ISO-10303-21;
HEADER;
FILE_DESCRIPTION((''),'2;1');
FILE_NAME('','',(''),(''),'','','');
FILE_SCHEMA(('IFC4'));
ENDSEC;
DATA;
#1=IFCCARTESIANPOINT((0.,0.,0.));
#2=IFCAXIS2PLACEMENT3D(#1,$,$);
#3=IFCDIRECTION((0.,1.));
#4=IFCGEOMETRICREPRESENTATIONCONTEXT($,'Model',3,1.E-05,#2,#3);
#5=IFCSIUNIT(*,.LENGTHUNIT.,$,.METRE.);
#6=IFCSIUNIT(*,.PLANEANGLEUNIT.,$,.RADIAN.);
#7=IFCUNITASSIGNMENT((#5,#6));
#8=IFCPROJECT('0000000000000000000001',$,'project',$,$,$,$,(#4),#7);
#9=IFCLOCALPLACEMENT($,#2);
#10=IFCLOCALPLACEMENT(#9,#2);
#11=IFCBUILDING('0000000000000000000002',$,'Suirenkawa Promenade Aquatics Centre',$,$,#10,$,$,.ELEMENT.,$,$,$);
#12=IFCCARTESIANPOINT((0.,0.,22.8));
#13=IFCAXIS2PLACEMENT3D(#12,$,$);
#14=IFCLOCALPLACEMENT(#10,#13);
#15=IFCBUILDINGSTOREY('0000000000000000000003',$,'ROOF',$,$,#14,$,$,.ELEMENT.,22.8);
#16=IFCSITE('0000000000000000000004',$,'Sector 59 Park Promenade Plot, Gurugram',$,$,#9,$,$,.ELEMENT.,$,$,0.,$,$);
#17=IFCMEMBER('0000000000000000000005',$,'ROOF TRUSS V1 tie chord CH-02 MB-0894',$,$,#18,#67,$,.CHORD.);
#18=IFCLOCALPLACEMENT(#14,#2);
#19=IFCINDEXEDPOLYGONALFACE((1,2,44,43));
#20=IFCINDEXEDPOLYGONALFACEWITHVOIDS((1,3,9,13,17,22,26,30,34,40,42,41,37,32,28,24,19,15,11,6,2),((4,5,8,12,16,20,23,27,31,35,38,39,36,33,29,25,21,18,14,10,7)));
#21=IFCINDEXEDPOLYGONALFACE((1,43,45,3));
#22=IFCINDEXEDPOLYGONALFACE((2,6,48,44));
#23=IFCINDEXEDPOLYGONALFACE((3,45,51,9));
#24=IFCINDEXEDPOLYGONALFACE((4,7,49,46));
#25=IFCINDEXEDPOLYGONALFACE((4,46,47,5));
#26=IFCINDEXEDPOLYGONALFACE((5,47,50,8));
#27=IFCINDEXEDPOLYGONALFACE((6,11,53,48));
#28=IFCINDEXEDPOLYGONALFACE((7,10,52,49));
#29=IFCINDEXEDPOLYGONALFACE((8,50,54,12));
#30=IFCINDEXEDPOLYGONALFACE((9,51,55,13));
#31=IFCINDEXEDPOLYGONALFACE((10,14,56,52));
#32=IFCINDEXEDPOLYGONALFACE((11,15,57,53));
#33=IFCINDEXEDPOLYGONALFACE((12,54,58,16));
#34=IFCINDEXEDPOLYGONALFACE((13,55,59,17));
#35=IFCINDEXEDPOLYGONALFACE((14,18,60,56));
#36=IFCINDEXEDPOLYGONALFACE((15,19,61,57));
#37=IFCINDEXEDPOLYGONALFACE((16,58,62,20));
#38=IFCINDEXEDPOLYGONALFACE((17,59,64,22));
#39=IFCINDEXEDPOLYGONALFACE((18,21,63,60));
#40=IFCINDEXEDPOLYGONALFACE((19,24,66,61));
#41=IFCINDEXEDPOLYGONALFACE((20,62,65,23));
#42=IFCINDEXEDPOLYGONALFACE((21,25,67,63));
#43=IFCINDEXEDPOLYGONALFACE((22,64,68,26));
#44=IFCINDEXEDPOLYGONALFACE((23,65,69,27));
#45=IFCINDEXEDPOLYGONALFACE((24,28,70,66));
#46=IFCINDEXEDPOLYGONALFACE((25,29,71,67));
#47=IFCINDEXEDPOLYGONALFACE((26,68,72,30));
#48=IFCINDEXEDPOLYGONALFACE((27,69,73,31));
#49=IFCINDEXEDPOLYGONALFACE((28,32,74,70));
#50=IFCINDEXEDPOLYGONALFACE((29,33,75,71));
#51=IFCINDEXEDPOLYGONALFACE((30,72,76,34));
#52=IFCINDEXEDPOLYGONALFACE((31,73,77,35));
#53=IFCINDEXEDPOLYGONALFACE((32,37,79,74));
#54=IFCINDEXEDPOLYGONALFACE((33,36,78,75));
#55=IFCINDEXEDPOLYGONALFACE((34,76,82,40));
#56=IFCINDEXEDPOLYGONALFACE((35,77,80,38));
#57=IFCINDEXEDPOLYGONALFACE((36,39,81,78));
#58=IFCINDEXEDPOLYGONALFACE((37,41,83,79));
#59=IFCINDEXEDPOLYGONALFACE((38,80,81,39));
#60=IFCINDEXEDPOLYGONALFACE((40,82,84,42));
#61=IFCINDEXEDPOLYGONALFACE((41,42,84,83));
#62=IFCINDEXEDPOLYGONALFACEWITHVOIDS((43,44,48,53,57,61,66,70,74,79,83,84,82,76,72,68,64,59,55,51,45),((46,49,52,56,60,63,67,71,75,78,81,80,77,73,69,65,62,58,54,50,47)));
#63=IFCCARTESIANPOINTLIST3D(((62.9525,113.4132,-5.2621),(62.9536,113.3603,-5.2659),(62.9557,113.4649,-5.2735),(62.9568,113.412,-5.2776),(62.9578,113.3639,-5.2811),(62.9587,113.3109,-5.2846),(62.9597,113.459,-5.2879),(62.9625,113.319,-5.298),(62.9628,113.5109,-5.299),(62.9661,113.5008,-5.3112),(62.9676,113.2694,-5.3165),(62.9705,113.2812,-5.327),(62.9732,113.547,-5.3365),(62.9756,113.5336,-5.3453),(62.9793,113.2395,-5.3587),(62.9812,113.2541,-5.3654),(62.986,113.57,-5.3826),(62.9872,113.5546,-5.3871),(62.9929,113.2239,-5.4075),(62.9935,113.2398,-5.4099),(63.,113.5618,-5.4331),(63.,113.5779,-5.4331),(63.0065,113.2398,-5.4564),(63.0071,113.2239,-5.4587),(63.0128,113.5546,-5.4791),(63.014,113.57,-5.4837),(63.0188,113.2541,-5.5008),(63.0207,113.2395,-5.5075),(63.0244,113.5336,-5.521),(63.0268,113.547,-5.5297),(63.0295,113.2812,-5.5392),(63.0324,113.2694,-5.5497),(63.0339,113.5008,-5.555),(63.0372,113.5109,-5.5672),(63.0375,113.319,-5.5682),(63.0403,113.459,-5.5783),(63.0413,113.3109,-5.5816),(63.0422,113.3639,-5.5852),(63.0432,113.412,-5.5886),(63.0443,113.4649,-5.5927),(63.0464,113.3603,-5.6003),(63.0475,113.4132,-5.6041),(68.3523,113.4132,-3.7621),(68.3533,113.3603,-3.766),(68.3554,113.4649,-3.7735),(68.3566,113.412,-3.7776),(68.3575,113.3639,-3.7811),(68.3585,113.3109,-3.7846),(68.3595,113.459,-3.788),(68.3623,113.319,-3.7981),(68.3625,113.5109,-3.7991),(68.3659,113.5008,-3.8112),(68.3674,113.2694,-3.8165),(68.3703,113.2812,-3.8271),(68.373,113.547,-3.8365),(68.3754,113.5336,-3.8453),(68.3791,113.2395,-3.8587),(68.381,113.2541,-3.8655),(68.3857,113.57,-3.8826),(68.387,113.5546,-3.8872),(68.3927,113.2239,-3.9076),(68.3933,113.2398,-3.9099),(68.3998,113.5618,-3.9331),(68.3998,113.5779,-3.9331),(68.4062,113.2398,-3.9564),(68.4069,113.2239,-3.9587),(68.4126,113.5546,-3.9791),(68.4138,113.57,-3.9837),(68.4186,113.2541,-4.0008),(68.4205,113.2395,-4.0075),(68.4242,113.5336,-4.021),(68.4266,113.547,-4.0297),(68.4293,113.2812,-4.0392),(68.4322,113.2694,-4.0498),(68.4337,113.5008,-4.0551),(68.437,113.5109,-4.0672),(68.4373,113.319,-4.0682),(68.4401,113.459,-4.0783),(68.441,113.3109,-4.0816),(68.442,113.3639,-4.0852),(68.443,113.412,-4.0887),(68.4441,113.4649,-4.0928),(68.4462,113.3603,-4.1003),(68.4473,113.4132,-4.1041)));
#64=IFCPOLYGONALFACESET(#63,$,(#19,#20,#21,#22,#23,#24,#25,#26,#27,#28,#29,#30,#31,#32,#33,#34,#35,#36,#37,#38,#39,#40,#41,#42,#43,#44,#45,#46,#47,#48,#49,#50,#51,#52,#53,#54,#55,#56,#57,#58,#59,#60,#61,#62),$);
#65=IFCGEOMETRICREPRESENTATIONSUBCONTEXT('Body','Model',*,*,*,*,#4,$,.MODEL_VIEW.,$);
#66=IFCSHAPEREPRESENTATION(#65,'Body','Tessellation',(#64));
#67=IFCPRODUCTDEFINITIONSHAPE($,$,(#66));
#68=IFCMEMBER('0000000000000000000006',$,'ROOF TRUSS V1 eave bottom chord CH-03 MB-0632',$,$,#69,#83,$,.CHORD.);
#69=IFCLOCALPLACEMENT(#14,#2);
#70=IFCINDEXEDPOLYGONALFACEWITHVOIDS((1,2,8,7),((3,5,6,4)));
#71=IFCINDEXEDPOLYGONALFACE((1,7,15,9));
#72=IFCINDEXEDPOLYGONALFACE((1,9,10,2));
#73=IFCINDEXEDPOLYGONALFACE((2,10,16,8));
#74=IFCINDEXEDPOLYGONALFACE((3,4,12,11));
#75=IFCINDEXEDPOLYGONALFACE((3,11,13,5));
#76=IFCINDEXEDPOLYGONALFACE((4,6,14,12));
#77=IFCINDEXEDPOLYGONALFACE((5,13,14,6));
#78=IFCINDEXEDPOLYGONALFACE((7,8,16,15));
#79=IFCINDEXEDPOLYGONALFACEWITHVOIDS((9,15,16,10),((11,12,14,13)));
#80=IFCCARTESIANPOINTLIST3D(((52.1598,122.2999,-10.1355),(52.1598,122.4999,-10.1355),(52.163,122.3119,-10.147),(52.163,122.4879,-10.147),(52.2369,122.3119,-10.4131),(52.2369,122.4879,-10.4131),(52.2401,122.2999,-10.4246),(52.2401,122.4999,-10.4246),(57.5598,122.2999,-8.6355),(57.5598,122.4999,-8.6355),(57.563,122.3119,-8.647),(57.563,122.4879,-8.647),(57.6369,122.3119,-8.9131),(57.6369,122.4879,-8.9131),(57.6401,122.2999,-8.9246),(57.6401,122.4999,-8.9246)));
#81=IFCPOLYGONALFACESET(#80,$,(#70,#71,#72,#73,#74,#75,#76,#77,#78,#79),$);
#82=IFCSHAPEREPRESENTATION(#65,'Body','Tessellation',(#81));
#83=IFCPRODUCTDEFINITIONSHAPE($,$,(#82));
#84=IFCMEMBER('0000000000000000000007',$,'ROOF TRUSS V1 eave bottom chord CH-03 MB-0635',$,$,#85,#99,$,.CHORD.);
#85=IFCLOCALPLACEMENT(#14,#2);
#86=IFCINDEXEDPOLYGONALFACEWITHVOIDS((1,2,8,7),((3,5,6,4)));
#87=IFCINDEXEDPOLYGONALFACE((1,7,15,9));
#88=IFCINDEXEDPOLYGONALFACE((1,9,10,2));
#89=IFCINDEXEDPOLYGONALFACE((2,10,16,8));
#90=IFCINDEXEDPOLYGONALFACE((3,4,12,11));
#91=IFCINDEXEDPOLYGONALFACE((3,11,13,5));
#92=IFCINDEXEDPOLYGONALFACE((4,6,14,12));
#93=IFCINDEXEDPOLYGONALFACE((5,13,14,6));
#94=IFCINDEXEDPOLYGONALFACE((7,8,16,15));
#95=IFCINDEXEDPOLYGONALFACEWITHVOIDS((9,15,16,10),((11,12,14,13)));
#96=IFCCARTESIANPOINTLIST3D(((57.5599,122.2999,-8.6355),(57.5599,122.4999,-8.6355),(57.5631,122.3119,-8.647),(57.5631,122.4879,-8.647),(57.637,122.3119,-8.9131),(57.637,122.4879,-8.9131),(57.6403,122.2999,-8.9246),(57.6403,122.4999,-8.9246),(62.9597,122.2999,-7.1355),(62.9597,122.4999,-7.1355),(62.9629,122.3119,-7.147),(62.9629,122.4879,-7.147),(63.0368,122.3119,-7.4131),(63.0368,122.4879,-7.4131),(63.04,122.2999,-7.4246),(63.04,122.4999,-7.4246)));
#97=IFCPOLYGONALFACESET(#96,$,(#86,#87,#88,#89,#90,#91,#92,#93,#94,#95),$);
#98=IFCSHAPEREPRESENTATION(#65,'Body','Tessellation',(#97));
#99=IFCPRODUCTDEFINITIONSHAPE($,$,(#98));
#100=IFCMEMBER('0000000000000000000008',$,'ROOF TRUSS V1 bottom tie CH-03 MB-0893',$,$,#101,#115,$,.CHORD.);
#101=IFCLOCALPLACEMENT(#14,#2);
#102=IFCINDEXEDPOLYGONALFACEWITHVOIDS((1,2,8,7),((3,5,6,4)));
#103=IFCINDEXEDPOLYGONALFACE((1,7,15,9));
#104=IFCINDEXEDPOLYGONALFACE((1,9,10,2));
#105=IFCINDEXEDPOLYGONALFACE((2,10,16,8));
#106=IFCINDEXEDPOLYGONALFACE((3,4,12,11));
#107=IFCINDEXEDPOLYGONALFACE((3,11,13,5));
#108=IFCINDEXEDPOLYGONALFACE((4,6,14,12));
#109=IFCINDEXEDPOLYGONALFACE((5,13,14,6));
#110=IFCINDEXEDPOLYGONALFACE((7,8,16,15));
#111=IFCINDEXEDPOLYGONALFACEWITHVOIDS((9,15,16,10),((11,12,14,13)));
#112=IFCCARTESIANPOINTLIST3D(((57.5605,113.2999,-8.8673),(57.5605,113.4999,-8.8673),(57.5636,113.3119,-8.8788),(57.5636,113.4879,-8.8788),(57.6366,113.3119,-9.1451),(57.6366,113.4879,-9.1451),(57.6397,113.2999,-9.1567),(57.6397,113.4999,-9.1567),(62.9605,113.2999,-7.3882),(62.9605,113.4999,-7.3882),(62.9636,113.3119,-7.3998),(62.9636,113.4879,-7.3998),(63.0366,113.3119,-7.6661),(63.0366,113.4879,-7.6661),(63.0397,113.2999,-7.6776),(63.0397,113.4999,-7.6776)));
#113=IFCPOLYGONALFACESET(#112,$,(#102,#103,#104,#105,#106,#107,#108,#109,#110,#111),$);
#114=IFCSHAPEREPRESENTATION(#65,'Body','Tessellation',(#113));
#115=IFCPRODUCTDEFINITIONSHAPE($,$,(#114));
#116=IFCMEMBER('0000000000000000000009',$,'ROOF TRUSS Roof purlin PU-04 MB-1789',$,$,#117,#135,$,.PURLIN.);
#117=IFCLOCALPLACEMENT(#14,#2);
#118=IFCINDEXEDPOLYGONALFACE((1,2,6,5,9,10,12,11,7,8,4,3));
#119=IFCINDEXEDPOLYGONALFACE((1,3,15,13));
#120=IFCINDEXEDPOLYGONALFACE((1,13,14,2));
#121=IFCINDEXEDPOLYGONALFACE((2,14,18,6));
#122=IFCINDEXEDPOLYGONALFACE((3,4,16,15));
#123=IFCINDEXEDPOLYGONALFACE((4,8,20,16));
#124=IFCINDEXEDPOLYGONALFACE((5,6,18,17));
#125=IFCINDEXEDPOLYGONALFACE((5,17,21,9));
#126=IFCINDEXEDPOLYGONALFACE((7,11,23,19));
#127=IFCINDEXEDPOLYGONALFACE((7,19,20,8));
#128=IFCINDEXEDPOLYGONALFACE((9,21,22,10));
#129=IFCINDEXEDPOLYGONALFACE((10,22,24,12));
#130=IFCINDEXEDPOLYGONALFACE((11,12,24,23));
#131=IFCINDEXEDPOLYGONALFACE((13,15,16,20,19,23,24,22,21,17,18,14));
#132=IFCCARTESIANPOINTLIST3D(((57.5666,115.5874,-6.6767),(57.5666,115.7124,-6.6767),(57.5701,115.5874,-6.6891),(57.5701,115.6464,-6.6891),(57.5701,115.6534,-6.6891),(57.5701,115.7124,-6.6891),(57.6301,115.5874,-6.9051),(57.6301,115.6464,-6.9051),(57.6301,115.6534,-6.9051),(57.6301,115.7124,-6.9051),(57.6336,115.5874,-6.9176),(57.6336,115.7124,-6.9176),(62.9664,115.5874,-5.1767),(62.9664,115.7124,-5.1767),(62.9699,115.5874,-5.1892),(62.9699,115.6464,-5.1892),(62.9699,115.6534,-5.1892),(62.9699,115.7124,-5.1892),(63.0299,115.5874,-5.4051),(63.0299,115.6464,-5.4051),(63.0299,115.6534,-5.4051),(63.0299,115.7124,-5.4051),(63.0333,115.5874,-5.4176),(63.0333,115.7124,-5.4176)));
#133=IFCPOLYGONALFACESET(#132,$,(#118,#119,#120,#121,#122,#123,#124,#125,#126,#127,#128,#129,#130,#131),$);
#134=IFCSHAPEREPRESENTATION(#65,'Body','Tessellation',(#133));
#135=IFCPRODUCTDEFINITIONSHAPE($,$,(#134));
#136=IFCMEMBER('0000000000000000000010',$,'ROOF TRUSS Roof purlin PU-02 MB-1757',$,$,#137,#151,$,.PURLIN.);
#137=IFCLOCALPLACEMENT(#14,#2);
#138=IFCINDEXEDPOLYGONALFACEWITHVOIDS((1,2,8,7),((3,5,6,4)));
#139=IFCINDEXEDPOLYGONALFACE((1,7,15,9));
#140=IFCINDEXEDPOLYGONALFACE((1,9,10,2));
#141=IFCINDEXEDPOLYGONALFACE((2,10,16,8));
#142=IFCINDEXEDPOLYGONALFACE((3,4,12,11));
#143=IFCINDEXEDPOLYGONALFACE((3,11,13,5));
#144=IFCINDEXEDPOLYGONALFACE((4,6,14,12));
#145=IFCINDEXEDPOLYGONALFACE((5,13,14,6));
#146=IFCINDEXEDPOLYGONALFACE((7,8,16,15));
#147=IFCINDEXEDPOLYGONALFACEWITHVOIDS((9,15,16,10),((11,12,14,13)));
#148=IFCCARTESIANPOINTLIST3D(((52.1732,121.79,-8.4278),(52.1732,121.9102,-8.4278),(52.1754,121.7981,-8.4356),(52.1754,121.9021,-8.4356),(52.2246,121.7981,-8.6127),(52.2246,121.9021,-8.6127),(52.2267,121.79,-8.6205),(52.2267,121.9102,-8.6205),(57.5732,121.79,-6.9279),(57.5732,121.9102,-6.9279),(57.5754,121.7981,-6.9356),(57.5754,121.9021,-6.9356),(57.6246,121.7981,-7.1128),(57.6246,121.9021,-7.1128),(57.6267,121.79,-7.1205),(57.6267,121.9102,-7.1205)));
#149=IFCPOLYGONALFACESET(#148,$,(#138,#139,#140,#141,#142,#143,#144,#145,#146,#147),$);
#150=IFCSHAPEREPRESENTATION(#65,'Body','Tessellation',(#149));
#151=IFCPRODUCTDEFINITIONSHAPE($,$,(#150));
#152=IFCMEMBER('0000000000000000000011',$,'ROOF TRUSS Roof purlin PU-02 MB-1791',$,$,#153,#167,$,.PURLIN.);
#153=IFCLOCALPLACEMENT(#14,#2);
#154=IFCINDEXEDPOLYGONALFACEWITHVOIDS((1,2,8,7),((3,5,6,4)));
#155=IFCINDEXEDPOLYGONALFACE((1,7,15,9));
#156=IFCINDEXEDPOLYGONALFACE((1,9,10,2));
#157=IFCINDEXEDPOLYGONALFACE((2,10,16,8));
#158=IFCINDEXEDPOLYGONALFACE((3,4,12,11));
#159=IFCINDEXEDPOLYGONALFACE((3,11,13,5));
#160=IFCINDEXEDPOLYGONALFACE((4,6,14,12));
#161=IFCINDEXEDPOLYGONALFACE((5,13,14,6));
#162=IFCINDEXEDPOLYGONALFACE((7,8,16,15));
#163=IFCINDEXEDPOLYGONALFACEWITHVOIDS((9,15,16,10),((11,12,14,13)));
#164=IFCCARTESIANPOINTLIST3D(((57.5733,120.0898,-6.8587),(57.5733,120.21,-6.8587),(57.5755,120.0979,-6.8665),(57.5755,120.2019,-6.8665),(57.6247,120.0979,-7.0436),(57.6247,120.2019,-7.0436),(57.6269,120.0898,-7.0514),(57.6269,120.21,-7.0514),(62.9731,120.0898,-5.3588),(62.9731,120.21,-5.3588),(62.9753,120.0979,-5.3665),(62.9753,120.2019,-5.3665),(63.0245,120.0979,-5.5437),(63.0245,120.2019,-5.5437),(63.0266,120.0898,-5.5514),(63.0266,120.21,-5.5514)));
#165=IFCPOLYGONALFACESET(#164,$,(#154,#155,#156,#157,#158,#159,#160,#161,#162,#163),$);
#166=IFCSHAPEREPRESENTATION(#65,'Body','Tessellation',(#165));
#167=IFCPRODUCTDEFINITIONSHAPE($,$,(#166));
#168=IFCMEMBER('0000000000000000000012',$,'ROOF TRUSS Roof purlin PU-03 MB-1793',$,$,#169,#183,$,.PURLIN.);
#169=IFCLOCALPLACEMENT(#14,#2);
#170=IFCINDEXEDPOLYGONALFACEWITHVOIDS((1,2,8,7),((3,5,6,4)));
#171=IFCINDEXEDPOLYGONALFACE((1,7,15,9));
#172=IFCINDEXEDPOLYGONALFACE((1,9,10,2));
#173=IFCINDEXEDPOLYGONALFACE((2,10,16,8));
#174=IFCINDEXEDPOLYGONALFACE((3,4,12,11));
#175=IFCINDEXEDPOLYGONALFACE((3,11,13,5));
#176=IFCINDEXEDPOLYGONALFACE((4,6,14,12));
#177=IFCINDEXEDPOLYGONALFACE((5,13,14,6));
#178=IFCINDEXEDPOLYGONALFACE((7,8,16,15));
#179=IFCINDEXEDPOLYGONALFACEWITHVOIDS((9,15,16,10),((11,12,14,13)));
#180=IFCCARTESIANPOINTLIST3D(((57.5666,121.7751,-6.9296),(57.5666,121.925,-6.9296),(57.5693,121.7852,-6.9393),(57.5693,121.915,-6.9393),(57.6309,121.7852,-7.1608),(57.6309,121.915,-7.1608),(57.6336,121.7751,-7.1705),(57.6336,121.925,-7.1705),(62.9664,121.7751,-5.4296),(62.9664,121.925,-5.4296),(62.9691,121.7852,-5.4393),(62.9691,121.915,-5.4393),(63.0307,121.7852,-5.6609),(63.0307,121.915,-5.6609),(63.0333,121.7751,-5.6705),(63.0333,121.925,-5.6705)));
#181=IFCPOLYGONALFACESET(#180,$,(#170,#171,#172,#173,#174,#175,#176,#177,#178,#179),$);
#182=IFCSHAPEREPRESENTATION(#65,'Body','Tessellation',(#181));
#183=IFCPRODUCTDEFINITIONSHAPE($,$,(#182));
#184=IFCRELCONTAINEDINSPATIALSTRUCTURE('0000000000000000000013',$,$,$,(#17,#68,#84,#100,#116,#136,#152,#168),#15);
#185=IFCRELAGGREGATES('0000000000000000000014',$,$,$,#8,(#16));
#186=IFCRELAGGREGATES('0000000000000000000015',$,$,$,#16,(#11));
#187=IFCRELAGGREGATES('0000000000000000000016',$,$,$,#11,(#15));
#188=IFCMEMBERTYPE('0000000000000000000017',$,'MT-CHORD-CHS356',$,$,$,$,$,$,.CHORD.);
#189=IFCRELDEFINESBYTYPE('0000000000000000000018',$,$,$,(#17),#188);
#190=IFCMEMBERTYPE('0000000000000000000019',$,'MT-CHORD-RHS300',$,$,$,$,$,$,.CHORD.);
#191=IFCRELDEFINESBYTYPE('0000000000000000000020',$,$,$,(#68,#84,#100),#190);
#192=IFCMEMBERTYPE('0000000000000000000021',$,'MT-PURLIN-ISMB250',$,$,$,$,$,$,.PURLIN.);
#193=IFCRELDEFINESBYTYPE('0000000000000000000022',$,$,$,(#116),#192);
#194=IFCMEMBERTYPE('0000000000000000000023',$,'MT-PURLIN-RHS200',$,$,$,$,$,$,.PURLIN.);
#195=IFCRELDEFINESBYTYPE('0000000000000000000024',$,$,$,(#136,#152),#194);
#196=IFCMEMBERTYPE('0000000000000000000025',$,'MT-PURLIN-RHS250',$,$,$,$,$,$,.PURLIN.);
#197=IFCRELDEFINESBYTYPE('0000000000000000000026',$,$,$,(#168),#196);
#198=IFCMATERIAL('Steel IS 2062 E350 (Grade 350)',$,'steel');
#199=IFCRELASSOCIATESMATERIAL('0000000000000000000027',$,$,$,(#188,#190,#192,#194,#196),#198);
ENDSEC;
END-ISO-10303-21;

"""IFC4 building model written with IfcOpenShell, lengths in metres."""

from ifc_helpers import new_model, si_unit, direction, frame, origin, origin_2d, place, context, subcontext, project, spatial, hollow_rectangle, hollow_circle, i_section, extrude, material, material_profile, profile_set, type_object, element, save


model = new_model("IFC4")

# Units and contexts
model_context = context("Model", 3, precision=1e-05, world=origin(), true_north=direction((0.0, 1.0)))
body_context = subcontext(model_context, "Body", "Model", "MODEL_VIEW")
ifc_project = project(units=[si_unit("LENGTHUNIT", "METRE"), si_unit("PLANEANGLEUNIT", "RADIAN")], contexts=[model_context])

# Site, building, storey
site_placement = place(None, origin())
site = spatial("IfcSite", under=ifc_project, at=site_placement, Name="Sector 59 Park Promenade Plot, Gurugram", CompositionType="ELEMENT", RefElevation=0.0)
building_placement = place(site_placement, origin())
building = spatial("IfcBuilding", under=site, at=building_placement, Name="Suirenkawa Promenade Aquatics Centre", CompositionType="ELEMENT")
storey_placement = place(building_placement, frame((0.0, 0.0, 22.8)))
storey = spatial("IfcBuildingStorey", under=building, at=storey_placement, Name="ROOF", CompositionType="ELEMENT", Elevation=22.8)

# Shared definitions
ifc_material = material(Name="Steel IS 2062 E350 (Grade 350)", Category="steel")

# Members
ifc_material_profile_1 = material_profile(ifc_material, hollow_circle(Radius=0.178, WallThickness=0.0161, at=origin_2d()), Name="CHS 356x16", Category="steel")
ifc_profile_set_1 = profile_set([ifc_material_profile_1], Name="Steel IS 2062 E350 (Grade 350)")
member_type_1 = type_object("IfcMemberType", Name="MT-CHORD-CHS356", PredefinedType="CHORD", material=ifc_profile_set_1)
for number, where, z_axis, x_axis, name in (
    (1, (63.0, 113.3999, -5.4331), (0.963517, 0.0, 0.267648), (0.0, 1.0, 0.0), "ROOF TRUSS V1 tie chord CH-02 MB-0894"),
):
    element("IfcMember", number, at=place(storey_placement, frame(where, z_axis=z_axis, x_axis=x_axis)), inside=storey, type_object=member_type_1, Name=name, PredefinedType="CHORD", context=body_context, shape_type="SweptSolid", body=[
        extrude(hollow_circle(Radius=0.178, WallThickness=0.0161, at=origin_2d()), origin(), (0.0, 0.0, 1.0), 5.6042),
    ])
ifc_material_profile_2 = material_profile(ifc_material, hollow_rectangle(XDim=0.2, YDim=0.3, WallThickness=0.012, at=origin_2d()), Name="RHS 300x200x12", Category="steel")
ifc_profile_set_2 = profile_set([ifc_material_profile_2], Name="Steel IS 2062 E350 (Grade 350)")
member_type_2 = type_object("IfcMemberType", Name="MT-CHORD-RHS300", PredefinedType="CHORD", material=ifc_profile_set_2)
member_1_placement = place(storey_placement, frame((52.2, 122.3999, -10.28), z_axis=(0.96352, 0.0, 0.267637), x_axis=(0.0, 1.0, 0.0)))
element("IfcMember", 2, at=member_1_placement, inside=storey, type_object=member_type_2, Name="ROOF TRUSS V1 eave bottom chord CH-03 MB-0632", PredefinedType="CHORD", context=body_context, shape_type="SweptSolid", body=[
    extrude(hollow_rectangle(XDim=0.2, YDim=0.3, WallThickness=0.012, at=origin_2d()), origin(), (0.0, 0.0, 1.0), 5.6045),
])
member_2_placement = place(storey_placement, frame((57.6001, 122.3999, -8.78), z_axis=(0.963517, 0.0, 0.267648), x_axis=(0.0, 1.0, 0.0)))
element("IfcMember", 3, at=member_2_placement, inside=storey, type_object=member_type_2, Name="ROOF TRUSS V1 eave bottom chord CH-03 MB-0635", PredefinedType="CHORD", context=body_context, shape_type="SweptSolid", body=[
    extrude(hollow_rectangle(XDim=0.2, YDim=0.3, WallThickness=0.012, at=origin_2d()), origin(), (0.0, 0.0, 1.0), 5.6042),
])
member_3_placement = place(storey_placement, frame((57.6001, 113.3999, -9.012), z_axis=(0.964477, 0.0, 0.264165), x_axis=(0.0, 1.0, 0.0)))
element("IfcMember", 4, at=member_3_placement, inside=storey, type_object=member_type_2, Name="ROOF TRUSS V1 bottom tie CH-03 MB-0893", PredefinedType="CHORD", context=body_context, shape_type="SweptSolid", body=[
    extrude(hollow_rectangle(XDim=0.2, YDim=0.3, WallThickness=0.012, at=origin_2d()), origin(), (0.0, 0.0, 1.0), 5.5989),
])
ifc_material_profile_3 = material_profile(ifc_material, i_section(OverallWidth=0.125, OverallDepth=0.25, WebThickness=0.0071, FlangeThickness=0.0129, at=origin_2d()), Name="ISMB 250", Category="steel")
ifc_profile_set_3 = profile_set([ifc_material_profile_3], Name="Steel IS 2062 E350 (Grade 350)")
member_type_3 = type_object("IfcMemberType", Name="MT-PURLIN-ISMB250", PredefinedType="PURLIN", material=ifc_profile_set_3)
member_4_placement = place(storey_placement, frame((57.6001, 115.6499, -6.7971), z_axis=(0.963517, 0.0, 0.267648), x_axis=(0.0, 1.0, 0.0)))
element("IfcMember", 5, at=member_4_placement, inside=storey, type_object=member_type_3, Name="ROOF TRUSS Roof purlin PU-04 MB-1789", PredefinedType="PURLIN", context=body_context, shape_type="SweptSolid", body=[
    extrude(i_section(OverallWidth=0.125, OverallDepth=0.25, WebThickness=0.0071, FlangeThickness=0.0129, at=origin_2d()), origin(), (0.0, 0.0, 1.0), 5.6042),
])
ifc_material_profile_4 = material_profile(ifc_material, hollow_rectangle(XDim=0.1201, YDim=0.2, WallThickness=0.0081, at=origin_2d()), Name="RHS 200x120x8", Category="steel")
ifc_profile_set_4 = profile_set([ifc_material_profile_4], Name="Steel IS 2062 E350 (Grade 350)")
member_type_4 = type_object("IfcMemberType", Name="MT-PURLIN-RHS200", PredefinedType="PURLIN", material=ifc_profile_set_4)
member_5_placement = place(storey_placement, frame((52.2, 121.8501, -8.5242), z_axis=(0.96352, 0.0, 0.267637), x_axis=(0.0, 1.0, 0.0)))
element("IfcMember", 6, at=member_5_placement, inside=storey, type_object=member_type_4, Name="ROOF TRUSS Roof purlin PU-02 MB-1757", PredefinedType="PURLIN", context=body_context, shape_type="SweptSolid", body=[
    extrude(hollow_rectangle(XDim=0.1201, YDim=0.2, WallThickness=0.0081, at=origin_2d()), origin(), (0.0, 0.0, 1.0), 5.6045),
])
member_6_placement = place(storey_placement, frame((57.6001, 120.1499, -6.9551), z_axis=(0.963517, 0.0, 0.267648), x_axis=(0.0, 1.0, 0.0)))
element("IfcMember", 7, at=member_6_placement, inside=storey, type_object=member_type_4, Name="ROOF TRUSS Roof purlin PU-02 MB-1791", PredefinedType="PURLIN", context=body_context, shape_type="SweptSolid", body=[
    extrude(hollow_rectangle(XDim=0.1201, YDim=0.2, WallThickness=0.0081, at=origin_2d()), origin(), (0.0, 0.0, 1.0), 5.6042),
])
ifc_material_profile_5 = material_profile(ifc_material, hollow_rectangle(XDim=0.1499, YDim=0.25, WallThickness=0.01, at=origin_2d()), Name="RHS 250x150x10", Category="steel")
ifc_profile_set_5 = profile_set([ifc_material_profile_5], Name="Steel IS 2062 E350 (Grade 350)")
member_type_5 = type_object("IfcMemberType", Name="MT-PURLIN-RHS250", PredefinedType="PURLIN", material=ifc_profile_set_5)
member_7_placement = place(storey_placement, frame((57.6001, 121.8501, -7.05), z_axis=(0.963517, 0.0, 0.267648), x_axis=(0.0, 1.0, 0.0)))
element("IfcMember", 8, at=member_7_placement, inside=storey, type_object=member_type_5, Name="ROOF TRUSS Roof purlin PU-03 MB-1793", PredefinedType="PURLIN", context=body_context, shape_type="SweptSolid", body=[
    extrude(hollow_rectangle(XDim=0.1499, YDim=0.25, WallThickness=0.01, at=origin_2d()), origin(), (0.0, 0.0, 1.0), 5.6042),
])

save(model, "model.ifc")
